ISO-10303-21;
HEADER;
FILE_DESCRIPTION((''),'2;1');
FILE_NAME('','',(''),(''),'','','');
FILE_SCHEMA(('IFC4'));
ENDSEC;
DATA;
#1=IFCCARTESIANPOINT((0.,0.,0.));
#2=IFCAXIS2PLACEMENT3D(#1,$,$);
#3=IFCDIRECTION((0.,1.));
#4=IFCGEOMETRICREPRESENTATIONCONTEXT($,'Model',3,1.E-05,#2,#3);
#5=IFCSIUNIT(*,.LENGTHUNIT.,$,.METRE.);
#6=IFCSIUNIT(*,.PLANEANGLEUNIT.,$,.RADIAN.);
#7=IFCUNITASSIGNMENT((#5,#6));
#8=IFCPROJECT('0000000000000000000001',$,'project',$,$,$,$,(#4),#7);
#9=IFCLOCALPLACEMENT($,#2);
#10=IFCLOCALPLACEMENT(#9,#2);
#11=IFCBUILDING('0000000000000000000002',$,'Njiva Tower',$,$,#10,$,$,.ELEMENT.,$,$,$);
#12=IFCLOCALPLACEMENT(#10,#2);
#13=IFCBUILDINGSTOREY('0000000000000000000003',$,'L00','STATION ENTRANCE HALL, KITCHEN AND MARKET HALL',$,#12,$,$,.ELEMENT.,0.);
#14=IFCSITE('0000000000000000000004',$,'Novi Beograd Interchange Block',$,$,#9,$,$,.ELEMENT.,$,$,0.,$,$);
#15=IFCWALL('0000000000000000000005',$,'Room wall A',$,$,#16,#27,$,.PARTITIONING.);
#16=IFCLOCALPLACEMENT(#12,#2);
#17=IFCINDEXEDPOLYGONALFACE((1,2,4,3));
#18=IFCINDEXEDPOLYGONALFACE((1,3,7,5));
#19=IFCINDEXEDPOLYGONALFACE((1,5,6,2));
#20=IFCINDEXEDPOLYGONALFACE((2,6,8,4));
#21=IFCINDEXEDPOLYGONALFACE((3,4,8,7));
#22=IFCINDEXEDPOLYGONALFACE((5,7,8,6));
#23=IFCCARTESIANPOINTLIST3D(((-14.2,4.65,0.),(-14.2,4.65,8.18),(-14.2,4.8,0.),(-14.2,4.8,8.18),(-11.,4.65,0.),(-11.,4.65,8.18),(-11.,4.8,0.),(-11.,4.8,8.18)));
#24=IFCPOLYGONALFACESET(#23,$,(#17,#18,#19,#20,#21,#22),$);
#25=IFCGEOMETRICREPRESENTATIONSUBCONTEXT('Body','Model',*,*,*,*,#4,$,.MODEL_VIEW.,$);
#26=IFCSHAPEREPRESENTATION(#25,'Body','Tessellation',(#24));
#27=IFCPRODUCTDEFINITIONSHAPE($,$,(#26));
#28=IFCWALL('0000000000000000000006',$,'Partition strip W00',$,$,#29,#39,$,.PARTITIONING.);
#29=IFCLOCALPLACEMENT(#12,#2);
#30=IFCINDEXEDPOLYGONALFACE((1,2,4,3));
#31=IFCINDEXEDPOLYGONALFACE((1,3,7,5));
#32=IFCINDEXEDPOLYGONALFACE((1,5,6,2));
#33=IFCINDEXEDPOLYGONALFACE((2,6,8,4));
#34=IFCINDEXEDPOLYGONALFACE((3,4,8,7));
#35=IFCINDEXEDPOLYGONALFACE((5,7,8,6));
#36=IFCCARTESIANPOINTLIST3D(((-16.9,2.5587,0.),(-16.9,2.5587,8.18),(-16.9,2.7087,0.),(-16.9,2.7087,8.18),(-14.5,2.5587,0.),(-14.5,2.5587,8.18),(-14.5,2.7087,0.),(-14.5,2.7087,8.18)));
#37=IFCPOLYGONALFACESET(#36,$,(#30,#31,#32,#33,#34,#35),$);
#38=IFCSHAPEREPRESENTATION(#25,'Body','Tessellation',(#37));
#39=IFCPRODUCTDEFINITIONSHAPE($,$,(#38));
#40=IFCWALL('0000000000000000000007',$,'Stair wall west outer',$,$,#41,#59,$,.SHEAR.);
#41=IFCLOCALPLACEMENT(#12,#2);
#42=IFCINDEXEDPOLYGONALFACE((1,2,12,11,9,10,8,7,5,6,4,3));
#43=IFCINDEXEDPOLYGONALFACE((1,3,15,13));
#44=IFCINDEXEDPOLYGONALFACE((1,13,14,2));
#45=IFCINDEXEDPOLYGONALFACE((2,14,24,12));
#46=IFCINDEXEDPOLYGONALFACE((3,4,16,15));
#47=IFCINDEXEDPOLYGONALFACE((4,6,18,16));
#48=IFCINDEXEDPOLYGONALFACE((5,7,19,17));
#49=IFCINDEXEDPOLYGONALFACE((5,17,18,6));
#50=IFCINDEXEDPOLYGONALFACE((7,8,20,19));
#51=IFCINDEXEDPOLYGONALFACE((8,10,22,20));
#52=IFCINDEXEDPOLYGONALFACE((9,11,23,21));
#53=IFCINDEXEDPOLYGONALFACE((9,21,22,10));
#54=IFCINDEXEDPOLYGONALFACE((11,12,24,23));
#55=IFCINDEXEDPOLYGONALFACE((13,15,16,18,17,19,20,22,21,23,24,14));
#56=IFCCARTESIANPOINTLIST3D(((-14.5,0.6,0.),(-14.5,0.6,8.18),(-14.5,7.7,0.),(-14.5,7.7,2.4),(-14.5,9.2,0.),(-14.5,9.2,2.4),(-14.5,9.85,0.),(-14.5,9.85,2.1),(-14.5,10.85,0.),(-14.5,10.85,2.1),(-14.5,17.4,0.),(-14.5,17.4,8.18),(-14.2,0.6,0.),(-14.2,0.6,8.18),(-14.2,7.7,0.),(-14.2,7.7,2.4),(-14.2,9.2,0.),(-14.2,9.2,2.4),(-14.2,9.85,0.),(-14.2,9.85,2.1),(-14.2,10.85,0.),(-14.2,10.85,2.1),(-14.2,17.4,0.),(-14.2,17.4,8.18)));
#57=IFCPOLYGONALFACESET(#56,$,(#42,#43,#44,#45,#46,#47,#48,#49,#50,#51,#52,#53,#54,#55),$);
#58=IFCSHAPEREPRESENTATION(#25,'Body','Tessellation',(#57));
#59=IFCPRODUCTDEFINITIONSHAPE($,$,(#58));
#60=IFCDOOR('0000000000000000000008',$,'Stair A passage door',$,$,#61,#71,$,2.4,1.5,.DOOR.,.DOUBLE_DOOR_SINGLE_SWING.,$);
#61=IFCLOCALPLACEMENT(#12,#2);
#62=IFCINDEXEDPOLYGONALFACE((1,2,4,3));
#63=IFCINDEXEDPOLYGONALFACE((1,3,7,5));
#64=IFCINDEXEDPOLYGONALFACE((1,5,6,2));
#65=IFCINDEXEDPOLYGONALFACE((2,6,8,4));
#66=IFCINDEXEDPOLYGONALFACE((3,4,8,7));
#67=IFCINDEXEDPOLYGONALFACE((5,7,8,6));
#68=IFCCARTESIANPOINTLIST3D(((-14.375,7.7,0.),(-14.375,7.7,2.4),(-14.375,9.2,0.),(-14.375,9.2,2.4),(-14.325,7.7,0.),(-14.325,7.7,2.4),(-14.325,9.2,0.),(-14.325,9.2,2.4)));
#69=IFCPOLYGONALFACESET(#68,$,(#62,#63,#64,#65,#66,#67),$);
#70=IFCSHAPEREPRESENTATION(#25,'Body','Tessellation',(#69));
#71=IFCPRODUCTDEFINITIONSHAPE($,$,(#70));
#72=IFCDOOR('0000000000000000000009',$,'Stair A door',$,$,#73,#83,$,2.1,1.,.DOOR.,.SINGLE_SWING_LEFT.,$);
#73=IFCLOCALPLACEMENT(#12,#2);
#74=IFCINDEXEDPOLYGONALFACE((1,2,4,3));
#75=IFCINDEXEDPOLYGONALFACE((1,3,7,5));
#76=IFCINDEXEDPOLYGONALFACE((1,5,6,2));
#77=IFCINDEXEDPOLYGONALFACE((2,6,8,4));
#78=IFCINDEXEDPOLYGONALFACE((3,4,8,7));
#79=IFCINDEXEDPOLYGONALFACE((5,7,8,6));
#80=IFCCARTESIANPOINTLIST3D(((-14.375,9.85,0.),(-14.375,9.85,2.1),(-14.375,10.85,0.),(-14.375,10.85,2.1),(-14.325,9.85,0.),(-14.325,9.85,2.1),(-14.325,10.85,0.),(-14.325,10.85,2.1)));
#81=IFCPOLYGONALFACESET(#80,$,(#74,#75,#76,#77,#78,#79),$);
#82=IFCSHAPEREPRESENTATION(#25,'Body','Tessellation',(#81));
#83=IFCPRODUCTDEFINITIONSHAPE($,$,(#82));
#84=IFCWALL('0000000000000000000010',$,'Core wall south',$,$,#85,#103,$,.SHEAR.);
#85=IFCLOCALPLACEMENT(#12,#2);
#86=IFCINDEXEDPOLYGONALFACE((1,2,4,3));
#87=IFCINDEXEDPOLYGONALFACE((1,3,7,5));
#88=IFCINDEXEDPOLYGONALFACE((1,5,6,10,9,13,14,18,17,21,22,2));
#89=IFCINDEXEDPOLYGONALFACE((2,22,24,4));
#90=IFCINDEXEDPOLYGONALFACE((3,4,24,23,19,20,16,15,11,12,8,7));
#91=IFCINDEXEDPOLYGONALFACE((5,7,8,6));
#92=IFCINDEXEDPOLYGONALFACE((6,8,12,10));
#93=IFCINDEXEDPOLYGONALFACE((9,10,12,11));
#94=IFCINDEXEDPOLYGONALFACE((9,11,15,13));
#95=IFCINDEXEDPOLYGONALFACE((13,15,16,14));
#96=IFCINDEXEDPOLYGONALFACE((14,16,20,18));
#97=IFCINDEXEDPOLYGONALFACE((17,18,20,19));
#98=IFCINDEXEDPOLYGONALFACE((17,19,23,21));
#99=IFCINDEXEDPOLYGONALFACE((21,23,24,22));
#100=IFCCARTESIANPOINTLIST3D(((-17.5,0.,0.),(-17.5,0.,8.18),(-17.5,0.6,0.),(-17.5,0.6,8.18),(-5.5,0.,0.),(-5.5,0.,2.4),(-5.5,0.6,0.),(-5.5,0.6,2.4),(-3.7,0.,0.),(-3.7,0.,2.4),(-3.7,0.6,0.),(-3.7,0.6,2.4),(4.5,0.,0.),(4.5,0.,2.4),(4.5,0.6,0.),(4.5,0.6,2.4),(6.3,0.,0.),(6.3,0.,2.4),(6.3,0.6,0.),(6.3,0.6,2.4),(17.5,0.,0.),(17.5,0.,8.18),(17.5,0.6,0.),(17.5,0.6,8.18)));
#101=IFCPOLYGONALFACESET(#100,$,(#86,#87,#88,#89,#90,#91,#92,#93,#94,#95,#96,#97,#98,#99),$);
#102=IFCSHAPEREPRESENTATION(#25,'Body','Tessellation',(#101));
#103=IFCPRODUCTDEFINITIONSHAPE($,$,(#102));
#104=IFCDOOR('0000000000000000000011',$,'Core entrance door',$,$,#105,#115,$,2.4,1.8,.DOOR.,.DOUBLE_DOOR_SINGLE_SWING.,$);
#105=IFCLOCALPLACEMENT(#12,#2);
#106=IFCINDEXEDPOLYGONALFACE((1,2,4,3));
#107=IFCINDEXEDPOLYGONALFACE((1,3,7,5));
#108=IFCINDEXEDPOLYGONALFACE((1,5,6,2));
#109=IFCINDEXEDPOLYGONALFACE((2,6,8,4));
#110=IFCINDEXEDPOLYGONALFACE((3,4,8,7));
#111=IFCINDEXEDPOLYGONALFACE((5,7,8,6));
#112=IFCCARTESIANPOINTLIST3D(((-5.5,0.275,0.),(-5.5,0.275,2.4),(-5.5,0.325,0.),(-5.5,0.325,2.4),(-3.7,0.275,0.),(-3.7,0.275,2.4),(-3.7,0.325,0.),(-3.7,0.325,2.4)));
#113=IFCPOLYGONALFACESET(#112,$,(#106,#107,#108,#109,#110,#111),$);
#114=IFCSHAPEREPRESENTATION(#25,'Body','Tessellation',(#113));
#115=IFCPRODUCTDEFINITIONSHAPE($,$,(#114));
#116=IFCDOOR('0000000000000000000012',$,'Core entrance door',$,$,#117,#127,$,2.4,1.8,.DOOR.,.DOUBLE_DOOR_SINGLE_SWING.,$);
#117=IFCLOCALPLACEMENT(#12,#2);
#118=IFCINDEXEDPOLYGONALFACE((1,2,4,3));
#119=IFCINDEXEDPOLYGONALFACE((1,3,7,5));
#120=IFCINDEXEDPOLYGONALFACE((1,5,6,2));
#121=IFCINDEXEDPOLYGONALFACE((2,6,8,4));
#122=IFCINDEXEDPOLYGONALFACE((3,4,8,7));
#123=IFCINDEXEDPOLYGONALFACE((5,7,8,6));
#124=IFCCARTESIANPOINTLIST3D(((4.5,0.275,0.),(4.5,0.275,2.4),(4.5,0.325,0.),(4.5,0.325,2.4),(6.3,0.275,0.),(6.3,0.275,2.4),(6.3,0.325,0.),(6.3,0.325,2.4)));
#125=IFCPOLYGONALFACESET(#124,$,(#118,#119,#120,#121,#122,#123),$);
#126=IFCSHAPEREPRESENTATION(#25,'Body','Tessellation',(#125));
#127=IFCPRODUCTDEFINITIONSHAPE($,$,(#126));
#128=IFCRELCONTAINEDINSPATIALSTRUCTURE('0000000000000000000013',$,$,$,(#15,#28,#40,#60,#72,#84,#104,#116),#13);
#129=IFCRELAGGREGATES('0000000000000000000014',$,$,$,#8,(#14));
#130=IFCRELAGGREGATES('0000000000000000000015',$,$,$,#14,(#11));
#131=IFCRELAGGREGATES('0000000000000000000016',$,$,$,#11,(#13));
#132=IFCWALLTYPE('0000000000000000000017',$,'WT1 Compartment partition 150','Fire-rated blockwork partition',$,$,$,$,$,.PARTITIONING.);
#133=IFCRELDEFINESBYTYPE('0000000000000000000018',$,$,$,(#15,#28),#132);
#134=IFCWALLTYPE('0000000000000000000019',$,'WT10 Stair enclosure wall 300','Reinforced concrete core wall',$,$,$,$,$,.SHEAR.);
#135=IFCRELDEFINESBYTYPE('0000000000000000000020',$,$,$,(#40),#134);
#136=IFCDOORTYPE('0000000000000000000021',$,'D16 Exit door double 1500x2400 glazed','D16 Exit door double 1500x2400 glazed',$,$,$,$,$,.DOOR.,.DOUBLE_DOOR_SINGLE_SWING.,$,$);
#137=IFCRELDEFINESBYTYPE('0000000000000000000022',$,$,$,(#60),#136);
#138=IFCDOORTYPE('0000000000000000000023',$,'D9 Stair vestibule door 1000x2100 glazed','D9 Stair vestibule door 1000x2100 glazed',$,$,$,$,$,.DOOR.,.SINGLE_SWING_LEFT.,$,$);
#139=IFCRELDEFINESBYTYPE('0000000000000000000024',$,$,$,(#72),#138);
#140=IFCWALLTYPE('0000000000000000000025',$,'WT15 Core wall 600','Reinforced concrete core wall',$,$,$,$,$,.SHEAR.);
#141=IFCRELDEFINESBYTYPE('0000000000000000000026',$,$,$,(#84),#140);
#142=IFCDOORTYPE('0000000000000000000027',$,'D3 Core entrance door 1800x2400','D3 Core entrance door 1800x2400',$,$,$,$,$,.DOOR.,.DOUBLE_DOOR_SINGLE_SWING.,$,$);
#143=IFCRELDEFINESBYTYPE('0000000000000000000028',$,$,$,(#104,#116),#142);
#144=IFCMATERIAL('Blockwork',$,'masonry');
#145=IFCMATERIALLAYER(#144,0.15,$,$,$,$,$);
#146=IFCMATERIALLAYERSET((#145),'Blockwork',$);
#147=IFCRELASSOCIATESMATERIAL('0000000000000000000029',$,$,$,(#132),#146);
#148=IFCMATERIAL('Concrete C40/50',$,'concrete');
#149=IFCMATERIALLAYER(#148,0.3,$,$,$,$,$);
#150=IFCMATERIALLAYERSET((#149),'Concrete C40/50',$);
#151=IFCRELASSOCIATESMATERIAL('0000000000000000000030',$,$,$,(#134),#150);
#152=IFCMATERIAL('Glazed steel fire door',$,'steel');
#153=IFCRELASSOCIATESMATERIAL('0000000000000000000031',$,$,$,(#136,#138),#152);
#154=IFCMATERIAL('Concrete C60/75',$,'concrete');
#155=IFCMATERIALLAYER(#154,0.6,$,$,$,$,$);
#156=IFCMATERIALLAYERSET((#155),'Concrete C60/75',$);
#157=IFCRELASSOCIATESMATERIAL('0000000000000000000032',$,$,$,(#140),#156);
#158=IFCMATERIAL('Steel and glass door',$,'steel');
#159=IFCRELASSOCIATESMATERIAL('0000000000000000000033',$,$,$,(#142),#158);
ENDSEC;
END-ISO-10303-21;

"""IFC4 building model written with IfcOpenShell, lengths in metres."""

from ifc_helpers import new_model, si_unit, direction, frame, frame_2d, origin, place, context, subcontext, project, spatial, rectangle, extrude, material, layer, layer_set, type_object, element, fill, save


model = new_model("IFC4")

# Units and contexts
model_context = context("Model", 3, precision=1e-05, world=origin(), true_north=direction((0.0, 1.0)))
body_context = subcontext(model_context, "Body", "Model", "MODEL_VIEW")
ifc_project = project(units=[si_unit("LENGTHUNIT", "METRE"), si_unit("PLANEANGLEUNIT", "RADIAN")], contexts=[model_context])

# Site, building, storey
site_placement = place(None, origin())
site = spatial("IfcSite", under=ifc_project, at=site_placement, Name="Novi Beograd Interchange Block", CompositionType="ELEMENT", RefElevation=0.0)
building_placement = place(site_placement, origin())
building = spatial("IfcBuilding", under=site, at=building_placement, Name="Njiva Tower", CompositionType="ELEMENT")
storey_placement = place(building_placement, origin())
storey = spatial("IfcBuildingStorey", under=building, at=storey_placement, Name="L00", Description="STATION ENTRANCE HALL, KITCHEN AND MARKET HALL", CompositionType="ELEMENT", Elevation=0.0)

# Walls
ifc_material_1 = material(Name="Blockwork", Category="masonry")
ifc_layer_1 = layer(ifc_material_1, 0.15)
ifc_layer_set_1 = layer_set([ifc_layer_1], Name="Blockwork")
wall_type_1 = type_object("IfcWallType", Name="WT1 Compartment partition 150", Description="Fire-rated blockwork partition", PredefinedType="PARTITIONING", material=ifc_layer_set_1)
wall_1_placement = place(storey_placement, frame((-14.2, 4.725, 0.0), z_axis=(0.0, 0.0, 1.0), x_axis=(1.0, 0.0, 0.0)))
element("IfcWall", 1, at=wall_1_placement, inside=storey, type_object=wall_type_1, Name="Room wall A", PredefinedType="PARTITIONING", context=body_context, shape_type="SweptSolid", body=[
    extrude(rectangle(XDim=3.2, YDim=0.15, at=frame_2d((1.6, 0.0))), origin(), (0.0, 0.0, 1.0), 8.18),
])
wall_2_placement = place(storey_placement, frame((-16.9, 2.6337, 0.0), z_axis=(0.0, 0.0, 1.0), x_axis=(1.0, 0.0, 0.0)))
element("IfcWall", 2, at=wall_2_placement, inside=storey, type_object=wall_type_1, Name="Partition strip W00", PredefinedType="PARTITIONING", context=body_context, shape_type="SweptSolid", body=[
    extrude(rectangle(XDim=2.4, YDim=0.15, at=frame_2d((1.2, 0.0))), origin(), (0.0, 0.0, 1.0), 8.18),
])

# Walls, openings, doors
ifc_material_2 = material(Name="Concrete C40/50", Category="concrete")
ifc_layer_2 = layer(ifc_material_2, 0.3)
ifc_layer_set_2 = layer_set([ifc_layer_2], Name="Concrete C40/50")
wall_type_2 = type_object("IfcWallType", Name="WT10 Stair enclosure wall 300", Description="Reinforced concrete core wall", PredefinedType="SHEAR", material=ifc_layer_set_2)
wall_3_placement = place(storey_placement, frame((-14.35, 0.6, 0.0), z_axis=(0.0, 0.0, 1.0), x_axis=(0.0, 1.0, 0.0)))
wall_3 = element("IfcWall", 3, at=wall_3_placement, inside=storey, type_object=wall_type_2, Name="Stair wall west outer", PredefinedType="SHEAR", context=body_context, shape_type="SweptSolid", body=[
    extrude(rectangle(XDim=16.8, YDim=0.3, at=frame_2d((8.4, 0.0))), origin(), (0.0, 0.0, 1.0), 8.18),
])
opening_1_placement = place(wall_3_placement, frame((9.25, 0.0, 0.0)))
opening_1 = element("IfcOpeningElement", 4, at=opening_1_placement, cuts=wall_3, PredefinedType="OPENING", context=body_context, shape_type="SweptSolid", body=[
    extrude(rectangle(XDim=1.0, YDim=2.1, at=frame_2d((0.5, 1.05))), frame((0.0, 0.16, 0.0), z_axis=(0.0, -1.0, 0.0), x_axis=(1.0, 0.0, 0.0)), (0.0, 0.0, 1.0), 0.32),
])
opening_2_placement = place(wall_3_placement, frame((7.1, 0.0, 0.0)))
opening_2 = element("IfcOpeningElement", 5, at=opening_2_placement, cuts=wall_3, PredefinedType="OPENING", context=body_context, shape_type="SweptSolid", body=[
    extrude(rectangle(XDim=1.5, YDim=2.4, at=frame_2d((0.75, 1.2))), frame((0.0, 0.16, 0.0), z_axis=(0.0, -1.0, 0.0), x_axis=(1.0, 0.0, 0.0)), (0.0, 0.0, 1.0), 0.32),
])
ifc_material_3 = material(Name="Glazed steel fire door", Category="steel")
door_type_1 = type_object("IfcDoorType", Name="D16 Exit door double 1500x2400 glazed", Description="D16 Exit door double 1500x2400 glazed", OperationType="DOUBLE_DOOR_SINGLE_SWING", PredefinedType="DOOR", material=ifc_material_3)
door_1_placement = place(opening_2_placement, origin())
door_1 = element("IfcDoor", 6, at=door_1_placement, inside=storey, type_object=door_type_1, Name="Stair A passage door", OperationType="DOUBLE_DOOR_SINGLE_SWING", OverallHeight=2.4, OverallWidth=1.5, PredefinedType="DOOR", context=body_context, shape_type="SweptSolid", body=[
    extrude(rectangle(XDim=1.5, YDim=2.4, at=frame_2d((0.75, 1.2))), frame((0.0, 0.025, 0.0), z_axis=(0.0, -1.0, 0.0), x_axis=(1.0, 0.0, 0.0)), (0.0, 0.0, 1.0), 0.05),
])
fill(opening_2, door_1)
door_type_2 = type_object("IfcDoorType", Name="D9 Stair vestibule door 1000x2100 glazed", Description="D9 Stair vestibule door 1000x2100 glazed", OperationType="SINGLE_SWING_LEFT", PredefinedType="DOOR", material=ifc_material_3)
door_2_placement = place(opening_1_placement, origin())
door_2 = element("IfcDoor", 7, at=door_2_placement, inside=storey, type_object=door_type_2, Name="Stair A door", OperationType="SINGLE_SWING_LEFT", OverallHeight=2.1, OverallWidth=1.0, PredefinedType="DOOR", context=body_context, shape_type="SweptSolid", body=[
    extrude(rectangle(XDim=1.0, YDim=2.1, at=frame_2d((0.5, 1.05))), frame((0.0, 0.025, 0.0), z_axis=(0.0, -1.0, 0.0), x_axis=(1.0, 0.0, 0.0)), (0.0, 0.0, 1.0), 0.05),
])
fill(opening_1, door_2)
ifc_material_4 = material(Name="Concrete C60/75", Category="concrete")
ifc_layer_3 = layer(ifc_material_4, 0.6)
ifc_layer_set_3 = layer_set([ifc_layer_3], Name="Concrete C60/75")
wall_type_3 = type_object("IfcWallType", Name="WT15 Core wall 600", Description="Reinforced concrete core wall", PredefinedType="SHEAR", material=ifc_layer_set_3)
wall_4_placement = place(storey_placement, frame((-17.5, 0.3, 0.0), z_axis=(0.0, 0.0, 1.0), x_axis=(1.0, 0.0, 0.0)))
wall_4 = element("IfcWall", 8, at=wall_4_placement, inside=storey, type_object=wall_type_3, Name="Core wall south", PredefinedType="SHEAR", context=body_context, shape_type="SweptSolid", body=[
    extrude(rectangle(XDim=35.0, YDim=0.6, at=frame_2d((17.5, 0.0))), origin(), (0.0, 0.0, 1.0), 8.18),
])
opening_3_placement = place(wall_4_placement, frame((12.0, 0.0, 0.0)))
opening_3 = element("IfcOpeningElement", 9, at=opening_3_placement, cuts=wall_4, PredefinedType="OPENING", context=body_context, shape_type="SweptSolid", body=[
    extrude(rectangle(XDim=1.8, YDim=2.4, at=frame_2d((0.9, 1.2))), frame((0.0, 0.31, 0.0), z_axis=(0.0, -1.0, 0.0), x_axis=(1.0, 0.0, 0.0)), (0.0, 0.0, 1.0), 0.62),
])
opening_4_placement = place(wall_4_placement, frame((22.0, 0.0, 0.0)))
opening_4 = element("IfcOpeningElement", 10, at=opening_4_placement, cuts=wall_4, PredefinedType="OPENING", context=body_context, shape_type="SweptSolid", body=[
    extrude(rectangle(XDim=1.8, YDim=2.4, at=frame_2d((0.9, 1.2))), frame((0.0, 0.31, 0.0), z_axis=(0.0, -1.0, 0.0), x_axis=(1.0, 0.0, 0.0)), (0.0, 0.0, 1.0), 0.62),
])
ifc_material_5 = material(Name="Steel and glass door", Category="steel")
door_type_3 = type_object("IfcDoorType", Name="D3 Core entrance door 1800x2400", Description="D3 Core entrance door 1800x2400", OperationType="DOUBLE_DOOR_SINGLE_SWING", PredefinedType="DOOR", material=ifc_material_5)
door_3_placement = place(opening_3_placement, origin())
door_3 = element("IfcDoor", 11, at=door_3_placement, inside=storey, type_object=door_type_3, Name="Core entrance door", OperationType="DOUBLE_DOOR_SINGLE_SWING", OverallHeight=2.4, OverallWidth=1.8, PredefinedType="DOOR", context=body_context, shape_type="SweptSolid", body=[
    extrude(rectangle(XDim=1.8, YDim=2.4, at=frame_2d((0.9, 1.2))), frame((0.0, 0.025, 0.0), z_axis=(0.0, -1.0, 0.0), x_axis=(1.0, 0.0, 0.0)), (0.0, 0.0, 1.0), 0.05),
])
fill(opening_3, door_3)
door_4_placement = place(opening_4_placement, origin())
door_4 = element("IfcDoor", 12, at=door_4_placement, inside=storey, type_object=door_type_3, Name="Core entrance door", OperationType="DOUBLE_DOOR_SINGLE_SWING", OverallHeight=2.4, OverallWidth=1.8, PredefinedType="DOOR", context=body_context, shape_type="SweptSolid", body=[
    extrude(rectangle(XDim=1.8, YDim=2.4, at=frame_2d((0.9, 1.2))), frame((0.0, 0.025, 0.0), z_axis=(0.0, -1.0, 0.0), x_axis=(1.0, 0.0, 0.0)), (0.0, 0.0, 1.0), 0.05),
])
fill(opening_4, door_4)

save(model, "model.ifc")
